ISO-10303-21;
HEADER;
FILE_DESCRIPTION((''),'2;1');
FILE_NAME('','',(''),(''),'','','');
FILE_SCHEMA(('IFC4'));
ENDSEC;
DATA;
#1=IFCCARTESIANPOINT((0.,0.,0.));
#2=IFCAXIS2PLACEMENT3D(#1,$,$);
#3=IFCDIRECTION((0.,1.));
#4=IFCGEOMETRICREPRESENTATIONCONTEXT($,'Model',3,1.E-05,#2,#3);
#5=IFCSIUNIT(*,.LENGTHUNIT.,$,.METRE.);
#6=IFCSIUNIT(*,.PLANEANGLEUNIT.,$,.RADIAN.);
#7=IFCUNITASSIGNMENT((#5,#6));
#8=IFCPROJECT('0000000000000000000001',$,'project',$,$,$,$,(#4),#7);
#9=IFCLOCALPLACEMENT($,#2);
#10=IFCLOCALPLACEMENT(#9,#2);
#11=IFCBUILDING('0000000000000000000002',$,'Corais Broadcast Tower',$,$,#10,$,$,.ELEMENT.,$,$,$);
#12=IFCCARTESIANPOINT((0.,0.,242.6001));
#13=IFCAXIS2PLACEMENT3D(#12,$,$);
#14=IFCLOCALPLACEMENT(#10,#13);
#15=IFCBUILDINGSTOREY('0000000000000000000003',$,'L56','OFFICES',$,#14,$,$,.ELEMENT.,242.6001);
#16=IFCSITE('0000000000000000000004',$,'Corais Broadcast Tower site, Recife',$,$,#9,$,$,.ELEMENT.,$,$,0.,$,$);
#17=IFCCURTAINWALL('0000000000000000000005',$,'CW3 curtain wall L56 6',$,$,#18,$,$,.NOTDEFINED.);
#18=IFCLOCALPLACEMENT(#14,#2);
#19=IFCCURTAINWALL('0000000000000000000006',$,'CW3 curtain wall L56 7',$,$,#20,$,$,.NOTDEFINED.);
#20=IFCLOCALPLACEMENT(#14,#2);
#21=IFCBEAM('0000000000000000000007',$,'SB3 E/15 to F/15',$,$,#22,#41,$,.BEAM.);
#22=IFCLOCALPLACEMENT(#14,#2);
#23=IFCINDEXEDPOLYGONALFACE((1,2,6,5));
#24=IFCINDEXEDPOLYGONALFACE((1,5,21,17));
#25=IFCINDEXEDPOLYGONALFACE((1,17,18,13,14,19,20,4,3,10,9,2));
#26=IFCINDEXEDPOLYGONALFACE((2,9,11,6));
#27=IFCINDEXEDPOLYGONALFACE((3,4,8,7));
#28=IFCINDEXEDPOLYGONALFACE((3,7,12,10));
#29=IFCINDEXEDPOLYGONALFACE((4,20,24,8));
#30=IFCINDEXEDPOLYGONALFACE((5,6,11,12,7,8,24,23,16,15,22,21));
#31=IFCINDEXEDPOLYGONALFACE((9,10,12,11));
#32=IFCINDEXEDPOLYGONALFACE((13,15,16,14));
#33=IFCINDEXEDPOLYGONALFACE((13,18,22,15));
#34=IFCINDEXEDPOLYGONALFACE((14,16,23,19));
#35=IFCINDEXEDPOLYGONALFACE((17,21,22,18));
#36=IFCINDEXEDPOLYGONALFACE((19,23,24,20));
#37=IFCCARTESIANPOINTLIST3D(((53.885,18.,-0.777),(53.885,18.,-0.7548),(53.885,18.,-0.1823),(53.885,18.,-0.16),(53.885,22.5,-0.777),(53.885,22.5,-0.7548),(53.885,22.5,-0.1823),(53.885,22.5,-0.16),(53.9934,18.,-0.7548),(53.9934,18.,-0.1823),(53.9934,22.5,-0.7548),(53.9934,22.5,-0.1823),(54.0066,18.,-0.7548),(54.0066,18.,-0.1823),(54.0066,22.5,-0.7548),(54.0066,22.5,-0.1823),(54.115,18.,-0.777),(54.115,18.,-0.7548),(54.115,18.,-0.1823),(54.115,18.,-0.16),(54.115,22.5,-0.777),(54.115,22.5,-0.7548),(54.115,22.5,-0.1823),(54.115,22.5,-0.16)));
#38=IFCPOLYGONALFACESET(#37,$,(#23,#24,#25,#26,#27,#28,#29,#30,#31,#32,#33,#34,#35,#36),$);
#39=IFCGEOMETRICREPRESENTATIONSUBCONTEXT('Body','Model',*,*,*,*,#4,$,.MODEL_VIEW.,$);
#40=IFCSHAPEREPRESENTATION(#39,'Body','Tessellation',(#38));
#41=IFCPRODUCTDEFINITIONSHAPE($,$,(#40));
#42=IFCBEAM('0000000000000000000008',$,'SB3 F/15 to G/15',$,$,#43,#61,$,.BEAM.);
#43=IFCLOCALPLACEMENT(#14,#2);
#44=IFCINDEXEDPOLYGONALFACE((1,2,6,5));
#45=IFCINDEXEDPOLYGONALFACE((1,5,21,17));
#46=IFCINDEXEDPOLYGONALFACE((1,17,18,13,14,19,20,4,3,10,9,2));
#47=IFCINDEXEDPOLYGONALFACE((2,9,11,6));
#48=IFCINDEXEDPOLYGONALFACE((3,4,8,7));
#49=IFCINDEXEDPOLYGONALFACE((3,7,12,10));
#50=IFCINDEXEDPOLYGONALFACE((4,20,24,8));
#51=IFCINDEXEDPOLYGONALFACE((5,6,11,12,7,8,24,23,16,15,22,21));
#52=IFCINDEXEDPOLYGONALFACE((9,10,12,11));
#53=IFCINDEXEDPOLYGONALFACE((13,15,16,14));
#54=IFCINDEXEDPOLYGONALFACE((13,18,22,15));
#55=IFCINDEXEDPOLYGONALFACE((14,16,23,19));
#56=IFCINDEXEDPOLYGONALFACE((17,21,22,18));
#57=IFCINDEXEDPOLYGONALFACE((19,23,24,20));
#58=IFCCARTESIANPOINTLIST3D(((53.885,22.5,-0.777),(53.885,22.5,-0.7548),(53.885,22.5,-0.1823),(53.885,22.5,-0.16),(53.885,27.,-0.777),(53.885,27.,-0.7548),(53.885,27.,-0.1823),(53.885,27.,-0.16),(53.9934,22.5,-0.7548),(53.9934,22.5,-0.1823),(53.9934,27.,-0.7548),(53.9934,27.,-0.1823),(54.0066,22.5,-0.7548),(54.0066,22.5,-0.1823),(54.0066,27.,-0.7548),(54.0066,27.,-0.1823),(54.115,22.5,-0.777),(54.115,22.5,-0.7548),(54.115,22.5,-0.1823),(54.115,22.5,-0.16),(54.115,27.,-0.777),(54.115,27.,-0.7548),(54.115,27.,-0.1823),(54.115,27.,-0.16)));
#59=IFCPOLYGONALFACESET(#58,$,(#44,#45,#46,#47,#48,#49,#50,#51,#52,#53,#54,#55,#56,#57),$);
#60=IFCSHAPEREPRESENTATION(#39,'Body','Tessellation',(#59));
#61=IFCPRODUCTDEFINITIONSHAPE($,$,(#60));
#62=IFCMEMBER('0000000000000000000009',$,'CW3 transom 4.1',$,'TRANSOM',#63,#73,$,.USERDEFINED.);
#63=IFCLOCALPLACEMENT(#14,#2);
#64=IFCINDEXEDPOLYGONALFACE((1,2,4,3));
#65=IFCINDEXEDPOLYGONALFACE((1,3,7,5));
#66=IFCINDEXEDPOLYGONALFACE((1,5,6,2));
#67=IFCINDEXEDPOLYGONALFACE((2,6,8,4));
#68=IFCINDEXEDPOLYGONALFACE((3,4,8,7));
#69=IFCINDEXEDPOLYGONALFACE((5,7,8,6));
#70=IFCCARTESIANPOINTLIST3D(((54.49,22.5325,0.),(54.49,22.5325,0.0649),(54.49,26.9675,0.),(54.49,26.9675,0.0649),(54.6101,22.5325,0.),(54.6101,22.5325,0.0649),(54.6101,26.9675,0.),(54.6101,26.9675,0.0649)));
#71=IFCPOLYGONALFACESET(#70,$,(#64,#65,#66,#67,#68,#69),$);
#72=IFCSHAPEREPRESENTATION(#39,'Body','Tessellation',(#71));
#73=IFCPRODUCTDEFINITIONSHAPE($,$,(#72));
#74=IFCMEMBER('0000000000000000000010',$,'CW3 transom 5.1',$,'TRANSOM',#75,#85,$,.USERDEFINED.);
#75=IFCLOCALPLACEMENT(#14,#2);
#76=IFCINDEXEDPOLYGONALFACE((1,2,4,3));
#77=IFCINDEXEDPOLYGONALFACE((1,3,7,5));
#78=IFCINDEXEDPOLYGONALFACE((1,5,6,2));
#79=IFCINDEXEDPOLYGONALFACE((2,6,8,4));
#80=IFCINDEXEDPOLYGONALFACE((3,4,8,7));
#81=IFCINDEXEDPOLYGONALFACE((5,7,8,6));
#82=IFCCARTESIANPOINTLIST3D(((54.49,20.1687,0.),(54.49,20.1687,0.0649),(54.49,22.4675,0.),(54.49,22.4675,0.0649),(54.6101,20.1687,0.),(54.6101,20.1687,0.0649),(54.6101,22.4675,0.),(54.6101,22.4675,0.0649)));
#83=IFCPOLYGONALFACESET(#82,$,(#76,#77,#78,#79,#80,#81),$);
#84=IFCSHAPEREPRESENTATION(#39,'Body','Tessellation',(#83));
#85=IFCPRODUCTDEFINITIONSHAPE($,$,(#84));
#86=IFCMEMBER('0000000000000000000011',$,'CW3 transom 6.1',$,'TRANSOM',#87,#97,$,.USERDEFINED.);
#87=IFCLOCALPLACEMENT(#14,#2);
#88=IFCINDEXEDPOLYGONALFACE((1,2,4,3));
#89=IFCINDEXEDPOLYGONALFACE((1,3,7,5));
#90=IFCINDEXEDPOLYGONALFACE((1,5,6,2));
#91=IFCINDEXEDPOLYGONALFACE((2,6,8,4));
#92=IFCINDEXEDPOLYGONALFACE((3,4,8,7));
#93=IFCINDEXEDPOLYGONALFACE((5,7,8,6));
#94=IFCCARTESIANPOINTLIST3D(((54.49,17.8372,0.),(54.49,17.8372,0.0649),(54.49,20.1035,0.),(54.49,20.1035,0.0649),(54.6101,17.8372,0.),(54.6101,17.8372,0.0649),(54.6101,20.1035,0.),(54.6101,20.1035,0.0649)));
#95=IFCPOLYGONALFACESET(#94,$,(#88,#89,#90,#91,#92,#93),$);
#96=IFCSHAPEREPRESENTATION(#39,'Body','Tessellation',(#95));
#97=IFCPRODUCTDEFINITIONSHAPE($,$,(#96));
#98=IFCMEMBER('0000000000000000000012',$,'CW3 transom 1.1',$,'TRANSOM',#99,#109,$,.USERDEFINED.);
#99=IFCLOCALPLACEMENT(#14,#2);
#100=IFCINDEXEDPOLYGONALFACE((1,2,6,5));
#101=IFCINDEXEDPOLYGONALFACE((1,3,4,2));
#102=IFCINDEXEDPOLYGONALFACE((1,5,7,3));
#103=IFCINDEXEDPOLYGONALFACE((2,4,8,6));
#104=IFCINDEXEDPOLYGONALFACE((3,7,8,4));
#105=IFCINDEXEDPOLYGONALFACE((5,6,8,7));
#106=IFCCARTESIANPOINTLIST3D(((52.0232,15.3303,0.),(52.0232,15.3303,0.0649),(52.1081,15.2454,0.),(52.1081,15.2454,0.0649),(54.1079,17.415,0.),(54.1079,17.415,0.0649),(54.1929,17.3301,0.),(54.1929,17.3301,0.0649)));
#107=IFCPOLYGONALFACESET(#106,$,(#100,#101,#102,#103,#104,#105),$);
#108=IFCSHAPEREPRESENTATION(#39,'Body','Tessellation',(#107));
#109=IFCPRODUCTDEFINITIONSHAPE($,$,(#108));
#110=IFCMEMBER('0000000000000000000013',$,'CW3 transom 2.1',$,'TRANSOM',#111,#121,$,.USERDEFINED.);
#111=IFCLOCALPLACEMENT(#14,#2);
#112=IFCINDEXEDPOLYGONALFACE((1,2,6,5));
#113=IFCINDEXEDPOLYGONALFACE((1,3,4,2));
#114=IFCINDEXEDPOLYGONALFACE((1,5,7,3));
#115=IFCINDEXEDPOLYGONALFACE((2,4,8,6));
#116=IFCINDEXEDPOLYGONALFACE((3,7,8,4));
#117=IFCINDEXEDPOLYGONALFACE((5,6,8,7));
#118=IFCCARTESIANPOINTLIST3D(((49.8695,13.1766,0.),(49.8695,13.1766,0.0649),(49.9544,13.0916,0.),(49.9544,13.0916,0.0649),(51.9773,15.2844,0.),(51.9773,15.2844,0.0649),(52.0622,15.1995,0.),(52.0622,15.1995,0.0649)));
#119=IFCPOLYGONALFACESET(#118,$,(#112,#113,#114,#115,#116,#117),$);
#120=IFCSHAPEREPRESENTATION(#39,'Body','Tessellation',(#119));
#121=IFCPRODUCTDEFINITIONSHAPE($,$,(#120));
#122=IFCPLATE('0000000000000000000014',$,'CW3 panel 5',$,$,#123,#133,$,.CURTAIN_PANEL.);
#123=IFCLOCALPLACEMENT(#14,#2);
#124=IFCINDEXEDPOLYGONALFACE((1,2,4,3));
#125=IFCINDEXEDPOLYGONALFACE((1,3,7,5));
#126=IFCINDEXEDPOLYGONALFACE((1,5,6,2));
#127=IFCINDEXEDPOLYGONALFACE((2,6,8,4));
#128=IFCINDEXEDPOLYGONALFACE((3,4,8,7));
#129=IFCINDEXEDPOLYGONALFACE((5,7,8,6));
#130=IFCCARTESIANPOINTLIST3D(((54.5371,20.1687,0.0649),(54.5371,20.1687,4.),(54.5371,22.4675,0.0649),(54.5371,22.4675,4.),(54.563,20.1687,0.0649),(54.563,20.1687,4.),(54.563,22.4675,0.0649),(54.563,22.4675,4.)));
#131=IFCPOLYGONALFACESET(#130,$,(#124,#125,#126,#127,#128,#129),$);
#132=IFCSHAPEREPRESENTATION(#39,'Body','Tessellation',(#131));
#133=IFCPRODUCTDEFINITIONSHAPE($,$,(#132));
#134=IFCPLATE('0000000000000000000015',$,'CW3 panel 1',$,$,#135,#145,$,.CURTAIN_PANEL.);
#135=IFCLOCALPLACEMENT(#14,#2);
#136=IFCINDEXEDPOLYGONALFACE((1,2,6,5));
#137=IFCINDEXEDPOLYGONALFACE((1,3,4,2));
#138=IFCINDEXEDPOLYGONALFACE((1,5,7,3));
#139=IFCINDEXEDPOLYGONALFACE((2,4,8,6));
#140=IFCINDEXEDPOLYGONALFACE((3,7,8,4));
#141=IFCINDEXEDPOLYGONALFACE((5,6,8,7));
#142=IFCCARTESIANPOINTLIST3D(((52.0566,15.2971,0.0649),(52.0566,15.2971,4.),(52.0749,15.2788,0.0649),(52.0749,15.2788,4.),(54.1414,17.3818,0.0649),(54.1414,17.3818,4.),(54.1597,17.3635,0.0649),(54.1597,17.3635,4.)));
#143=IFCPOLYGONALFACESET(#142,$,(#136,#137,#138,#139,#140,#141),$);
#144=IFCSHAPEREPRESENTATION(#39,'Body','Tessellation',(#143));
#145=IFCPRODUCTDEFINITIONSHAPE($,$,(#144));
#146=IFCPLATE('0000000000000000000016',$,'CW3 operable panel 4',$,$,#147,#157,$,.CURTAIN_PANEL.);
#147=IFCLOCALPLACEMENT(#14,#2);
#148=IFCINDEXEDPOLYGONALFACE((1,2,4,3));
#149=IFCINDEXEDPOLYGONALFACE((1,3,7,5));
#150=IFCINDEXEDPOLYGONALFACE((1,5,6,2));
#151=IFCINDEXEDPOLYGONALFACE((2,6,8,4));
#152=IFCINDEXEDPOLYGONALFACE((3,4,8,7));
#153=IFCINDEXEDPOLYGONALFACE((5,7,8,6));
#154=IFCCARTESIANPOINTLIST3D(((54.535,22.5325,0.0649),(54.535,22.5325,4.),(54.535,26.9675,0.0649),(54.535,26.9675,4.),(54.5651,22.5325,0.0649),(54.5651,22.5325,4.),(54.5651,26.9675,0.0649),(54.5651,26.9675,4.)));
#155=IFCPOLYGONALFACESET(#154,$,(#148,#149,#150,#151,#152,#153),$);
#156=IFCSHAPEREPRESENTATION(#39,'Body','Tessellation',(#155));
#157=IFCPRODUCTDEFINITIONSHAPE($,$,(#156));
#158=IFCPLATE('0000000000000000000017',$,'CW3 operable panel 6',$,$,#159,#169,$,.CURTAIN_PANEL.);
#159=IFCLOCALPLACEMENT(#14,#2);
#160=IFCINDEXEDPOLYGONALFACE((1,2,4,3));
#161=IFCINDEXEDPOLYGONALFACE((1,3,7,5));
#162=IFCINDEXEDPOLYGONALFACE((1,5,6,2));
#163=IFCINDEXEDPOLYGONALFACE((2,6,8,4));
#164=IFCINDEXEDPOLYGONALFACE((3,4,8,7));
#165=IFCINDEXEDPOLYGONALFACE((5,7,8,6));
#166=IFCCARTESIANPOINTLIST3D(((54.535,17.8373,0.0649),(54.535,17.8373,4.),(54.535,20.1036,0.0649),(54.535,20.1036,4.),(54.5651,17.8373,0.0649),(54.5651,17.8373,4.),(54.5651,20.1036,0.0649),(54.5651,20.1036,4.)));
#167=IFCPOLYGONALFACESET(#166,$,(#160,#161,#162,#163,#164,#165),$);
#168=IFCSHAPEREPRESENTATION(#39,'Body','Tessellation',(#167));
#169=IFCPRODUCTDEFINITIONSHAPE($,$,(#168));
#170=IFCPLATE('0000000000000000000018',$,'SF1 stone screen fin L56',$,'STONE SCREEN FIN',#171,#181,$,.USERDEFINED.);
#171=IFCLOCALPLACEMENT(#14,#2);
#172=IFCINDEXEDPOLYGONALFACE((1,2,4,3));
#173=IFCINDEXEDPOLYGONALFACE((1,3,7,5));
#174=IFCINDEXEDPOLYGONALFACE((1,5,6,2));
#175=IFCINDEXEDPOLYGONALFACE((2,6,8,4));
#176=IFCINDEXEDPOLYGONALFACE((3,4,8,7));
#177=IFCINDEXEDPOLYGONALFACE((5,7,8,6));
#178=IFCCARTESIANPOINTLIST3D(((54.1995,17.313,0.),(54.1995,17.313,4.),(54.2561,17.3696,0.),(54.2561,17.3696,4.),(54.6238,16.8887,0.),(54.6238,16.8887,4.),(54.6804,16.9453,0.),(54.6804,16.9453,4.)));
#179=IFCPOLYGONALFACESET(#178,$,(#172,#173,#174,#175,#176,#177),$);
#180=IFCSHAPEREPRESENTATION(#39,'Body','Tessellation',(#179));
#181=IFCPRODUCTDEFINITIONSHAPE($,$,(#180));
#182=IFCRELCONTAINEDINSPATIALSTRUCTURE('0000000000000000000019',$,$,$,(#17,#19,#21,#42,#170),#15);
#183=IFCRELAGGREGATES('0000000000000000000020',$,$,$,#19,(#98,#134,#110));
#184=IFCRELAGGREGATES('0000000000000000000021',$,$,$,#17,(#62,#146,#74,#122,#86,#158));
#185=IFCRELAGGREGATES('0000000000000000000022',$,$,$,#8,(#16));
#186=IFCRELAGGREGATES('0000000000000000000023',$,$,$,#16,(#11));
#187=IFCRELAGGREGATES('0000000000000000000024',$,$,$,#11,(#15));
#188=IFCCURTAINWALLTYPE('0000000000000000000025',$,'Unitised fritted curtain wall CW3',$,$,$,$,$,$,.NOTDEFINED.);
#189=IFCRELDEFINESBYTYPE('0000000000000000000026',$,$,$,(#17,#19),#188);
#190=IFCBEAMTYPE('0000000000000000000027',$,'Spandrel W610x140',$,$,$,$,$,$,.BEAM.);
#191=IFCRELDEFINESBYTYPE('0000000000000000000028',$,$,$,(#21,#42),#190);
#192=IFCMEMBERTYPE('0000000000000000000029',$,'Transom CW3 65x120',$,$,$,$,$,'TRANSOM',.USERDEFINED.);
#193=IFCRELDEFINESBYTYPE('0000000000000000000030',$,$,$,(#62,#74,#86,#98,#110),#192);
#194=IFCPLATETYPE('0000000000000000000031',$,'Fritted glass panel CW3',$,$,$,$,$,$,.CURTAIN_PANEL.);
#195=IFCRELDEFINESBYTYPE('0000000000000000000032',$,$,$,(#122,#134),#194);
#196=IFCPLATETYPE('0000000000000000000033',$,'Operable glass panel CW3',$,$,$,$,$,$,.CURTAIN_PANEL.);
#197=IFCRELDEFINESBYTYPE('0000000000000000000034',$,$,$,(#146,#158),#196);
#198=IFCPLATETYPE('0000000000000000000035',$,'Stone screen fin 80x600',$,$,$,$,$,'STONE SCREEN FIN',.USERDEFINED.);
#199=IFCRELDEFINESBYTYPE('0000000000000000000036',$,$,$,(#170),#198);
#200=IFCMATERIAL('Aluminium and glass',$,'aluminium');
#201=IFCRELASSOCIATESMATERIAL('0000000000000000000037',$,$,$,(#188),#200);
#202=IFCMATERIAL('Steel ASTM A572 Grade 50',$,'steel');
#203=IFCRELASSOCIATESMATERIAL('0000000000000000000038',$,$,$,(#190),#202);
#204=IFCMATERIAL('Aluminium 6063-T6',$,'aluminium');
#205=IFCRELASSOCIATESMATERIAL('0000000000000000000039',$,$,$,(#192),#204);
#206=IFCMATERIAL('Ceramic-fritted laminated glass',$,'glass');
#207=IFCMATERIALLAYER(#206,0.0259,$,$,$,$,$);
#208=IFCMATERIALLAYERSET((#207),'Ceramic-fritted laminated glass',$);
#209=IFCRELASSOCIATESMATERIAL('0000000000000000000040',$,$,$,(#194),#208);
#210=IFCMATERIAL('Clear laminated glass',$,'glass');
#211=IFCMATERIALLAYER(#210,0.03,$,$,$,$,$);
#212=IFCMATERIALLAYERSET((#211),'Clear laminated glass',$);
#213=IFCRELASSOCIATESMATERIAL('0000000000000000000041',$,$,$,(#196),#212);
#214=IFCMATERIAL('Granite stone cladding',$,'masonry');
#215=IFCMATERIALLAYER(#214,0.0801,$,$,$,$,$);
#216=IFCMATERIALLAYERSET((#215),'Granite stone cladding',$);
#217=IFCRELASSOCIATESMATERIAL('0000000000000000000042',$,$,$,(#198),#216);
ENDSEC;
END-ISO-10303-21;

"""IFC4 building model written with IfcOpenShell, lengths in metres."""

from ifc_helpers import new_model, si_unit, direction, frame, origin, origin_2d, place, context, subcontext, project, spatial, rectangle, i_section, extrude, material, layer, layer_set, material_profile, profile_set, type_object, element, aggregate, save


model = new_model("IFC4")

# Units and contexts
model_context = context("Model", 3, precision=1e-05, world=origin(), true_north=direction((0.0, 1.0)))
body_context = subcontext(model_context, "Body", "Model", "MODEL_VIEW")
ifc_project = project(units=[si_unit("LENGTHUNIT", "METRE"), si_unit("PLANEANGLEUNIT", "RADIAN")], contexts=[model_context])

# Site, building, storey
site_placement = place(None, origin())
site = spatial("IfcSite", under=ifc_project, at=site_placement, Name="Corais Broadcast Tower site, Recife", CompositionType="ELEMENT", RefElevation=0.0)
building_placement = place(site_placement, origin())
building = spatial("IfcBuilding", under=site, at=building_placement, Name="Corais Broadcast Tower", CompositionType="ELEMENT")
storey_placement = place(building_placement, frame((0.0, 0.0, 242.6001)))
storey = spatial("IfcBuildingStorey", under=building, at=storey_placement, Name="L56", Description="OFFICES", CompositionType="ELEMENT", Elevation=242.6001)

# Curtain walls
ifc_material_1 = material(Name="Aluminium and glass", Category="aluminium")
curtain_wall_type = type_object("IfcCurtainWallType", Name="Unitised fritted curtain wall CW3", PredefinedType="NOTDEFINED", material=ifc_material_1)
curtain_wall_1_placement = place(storey_placement, origin())
curtain_wall_1 = element("IfcCurtainWall", 1, at=curtain_wall_1_placement, inside=storey, type_object=curtain_wall_type, Name="CW3 curtain wall L56 6", PredefinedType="NOTDEFINED")
curtain_wall_2_placement = place(storey_placement, origin())
curtain_wall_2 = element("IfcCurtainWall", 2, at=curtain_wall_2_placement, inside=storey, type_object=curtain_wall_type, Name="CW3 curtain wall L56 7", PredefinedType="NOTDEFINED")

# Beams
ifc_material_2 = material(Name="Steel ASTM A572 Grade 50", Category="steel")
ifc_material_profile_1 = material_profile(ifc_material_2, i_section(OverallWidth=0.23, OverallDepth=0.6169, WebThickness=0.0132, FlangeThickness=0.0222, at=origin_2d()), Name="W610x140")
ifc_profile_set_1 = profile_set([ifc_material_profile_1], Name="Steel ASTM A572 Grade 50")
beam_type_1 = type_object("IfcBeamType", Name="Spandrel W610x140", PredefinedType="BEAM", material=ifc_profile_set_1)
for number, where, z_axis, x_axis, name in (
    (3, (54.0, 18.0, -0.4685), (0.0, 1.0, 0.0), (-1.0, 0.0, 0.0), "SB3 E/15 to F/15"),
    (4, (54.0, 22.5, -0.4685), (0.0, 1.0, 0.0), (-1.0, 0.0, 0.0), "SB3 F/15 to G/15"),
):
    element("IfcBeam", number, at=place(storey_placement, frame(where, z_axis=z_axis, x_axis=x_axis)), inside=storey, type_object=beam_type_1, Name=name, PredefinedType="BEAM", context=body_context, shape_type="SweptSolid", body=[
        extrude(i_section(OverallWidth=0.23, OverallDepth=0.6169, WebThickness=0.0132, FlangeThickness=0.0222, at=origin_2d()), origin(), (0.0, 0.0, 1.0), 4.5),
    ])

# Members
ifc_material_3 = material(Name="Aluminium 6063-T6", Category="aluminium")
ifc_material_profile_2 = material_profile(ifc_material_3, rectangle(XDim=0.1201, YDim=0.0649, at=origin_2d()), Name="Transom CW3 65x120")
ifc_profile_set_2 = profile_set([ifc_material_profile_2], Name="Aluminium 6063-T6")
member_type_1 = type_object("IfcMemberType", Name="Transom CW3 65x120", ElementType="TRANSOM", PredefinedType="USERDEFINED", material=ifc_profile_set_2)
member_1_placement = place(storey_placement, frame((54.55, 26.9675, 0.0325), z_axis=(0.0, -1.0, 0.0), x_axis=(1.0, 0.0, 0.0)))
member_1 = element("IfcMember", 5, at=member_1_placement, type_object=member_type_1, Name="CW3 transom 4.1", ObjectType="TRANSOM", PredefinedType="USERDEFINED", context=body_context, shape_type="SweptSolid", body=[
    extrude(rectangle(XDim=0.1201, YDim=0.0649, at=origin_2d()), origin(), (0.0, 0.0, 1.0), 4.4351),
])
member_2_placement = place(storey_placement, frame((54.55, 22.4675, 0.0325), z_axis=(0.0, -1.0, 0.0), x_axis=(1.0, 0.0, 0.0)))
member_2 = element("IfcMember", 6, at=member_2_placement, type_object=member_type_1, Name="CW3 transom 5.1", ObjectType="TRANSOM", PredefinedType="USERDEFINED", context=body_context, shape_type="SweptSolid", body=[
    extrude(rectangle(XDim=0.1201, YDim=0.0649, at=origin_2d()), origin(), (0.0, 0.0, 1.0), 2.2988),
])
member_3_placement = place(storey_placement, frame((54.55, 20.1035, 0.0325), z_axis=(0.0, -1.0, 0.0), x_axis=(1.0, 0.0, 0.0)))
member_3 = element("IfcMember", 7, at=member_3_placement, type_object=member_type_1, Name="CW3 transom 6.1", ObjectType="TRANSOM", PredefinedType="USERDEFINED", context=body_context, shape_type="SweptSolid", body=[
    extrude(rectangle(XDim=0.1201, YDim=0.0649, at=origin_2d()), origin(), (0.0, 0.0, 1.0), 2.2664),
])
member_4_placement = place(storey_placement, frame((54.1504, 17.3726, 0.0325), z_axis=(-0.707107, -0.707107, 0.0), x_axis=(0.707107, -0.707107, 0.0)))
member_4 = element("IfcMember", 8, at=member_4_placement, type_object=member_type_1, Name="CW3 transom 1.1", ObjectType="TRANSOM", PredefinedType="USERDEFINED", context=body_context, shape_type="SweptSolid", body=[
    extrude(rectangle(XDim=0.1201, YDim=0.0649, at=origin_2d()), origin(), (0.0, 0.0, 1.0), 2.9482),
])
member_5_placement = place(storey_placement, frame((52.0198, 15.2419, 0.0325), z_axis=(-0.707107, -0.707107, 0.0), x_axis=(0.707107, -0.707107, 0.0)))
member_5 = element("IfcMember", 9, at=member_5_placement, type_object=member_type_1, Name="CW3 transom 2.1", ObjectType="TRANSOM", PredefinedType="USERDEFINED", context=body_context, shape_type="SweptSolid", body=[
    extrude(rectangle(XDim=0.1201, YDim=0.0649, at=origin_2d()), origin(), (0.0, 0.0, 1.0), 2.981),
])

# Plates
ifc_material_4 = material(Name="Ceramic-fritted laminated glass", Category="glass")
ifc_layer_1 = layer(ifc_material_4, 0.0259)
ifc_layer_set_1 = layer_set([ifc_layer_1], Name="Ceramic-fritted laminated glass")
plate_type_1 = type_object("IfcPlateType", Name="Fritted glass panel CW3", PredefinedType="CURTAIN_PANEL", material=ifc_layer_set_1)
plate_1_placement = place(storey_placement, frame((54.55, 21.3181, 0.0649), z_axis=(0.0, 0.0, 1.0), x_axis=(0.0, -1.0, 0.0)))
plate_1 = element("IfcPlate", 10, at=plate_1_placement, type_object=plate_type_1, Name="CW3 panel 5", PredefinedType="CURTAIN_PANEL", context=body_context, shape_type="SweptSolid", body=[
    extrude(rectangle(XDim=2.2988, YDim=0.0259, at=origin_2d()), origin(), (0.0, 0.0, 1.0), 3.9351),
])
plate_2_placement = place(storey_placement, frame((53.1082, 16.3303, 0.0649), z_axis=(0.0, 0.0, 1.0), x_axis=(-0.707107, -0.707107, 0.0)))
plate_2 = element("IfcPlate", 11, at=plate_2_placement, type_object=plate_type_1, Name="CW3 panel 1", PredefinedType="CURTAIN_PANEL", context=body_context, shape_type="SweptSolid", body=[
    extrude(rectangle(XDim=2.9482, YDim=0.0259, at=origin_2d()), origin(), (0.0, 0.0, 1.0), 3.9351),
])
aggregate(curtain_wall_2, [member_4, plate_2, member_5])
ifc_material_5 = material(Name="Clear laminated glass", Category="glass")
ifc_layer_2 = layer(ifc_material_5, 0.03)
ifc_layer_set_2 = layer_set([ifc_layer_2], Name="Clear laminated glass")
plate_type_2 = type_object("IfcPlateType", Name="Operable glass panel CW3", PredefinedType="CURTAIN_PANEL", material=ifc_layer_set_2)
plate_3_placement = place(storey_placement, frame((54.55, 24.75, 0.0649), z_axis=(0.0, 0.0, 1.0), x_axis=(0.0, -1.0, 0.0)))
plate_3 = element("IfcPlate", 12, at=plate_3_placement, type_object=plate_type_2, Name="CW3 operable panel 4", PredefinedType="CURTAIN_PANEL", context=body_context, shape_type="SweptSolid", body=[
    extrude(rectangle(XDim=4.4351, YDim=0.03, at=origin_2d()), origin(), (0.0, 0.0, 1.0), 3.9351),
])
plate_4_placement = place(storey_placement, frame((54.55, 18.9705, 0.0649), z_axis=(0.0, 0.0, 1.0), x_axis=(0.0, -1.0, 0.0)))
plate_4 = element("IfcPlate", 13, at=plate_4_placement, type_object=plate_type_2, Name="CW3 operable panel 6", PredefinedType="CURTAIN_PANEL", context=body_context, shape_type="SweptSolid", body=[
    extrude(rectangle(XDim=2.2664, YDim=0.03, at=origin_2d()), origin(), (0.0, 0.0, 1.0), 3.9351),
])
aggregate(curtain_wall_1, [member_1, plate_3, member_2, plate_1, member_3, plate_4])
ifc_material_6 = material(Name="Granite stone cladding", Category="masonry")
ifc_layer_3 = layer(ifc_material_6, 0.0801)
ifc_layer_set_3 = layer_set([ifc_layer_3], Name="Granite stone cladding")
plate_type_3 = type_object("IfcPlateType", Name="Stone screen fin 80x600", ElementType="STONE SCREEN FIN", PredefinedType="USERDEFINED", material=ifc_layer_set_3)
plate_5_placement = place(storey_placement, frame((54.4399, 17.1292, 0.0), z_axis=(0.0, 0.0, 1.0), x_axis=(-0.707107, -0.707107, 0.0)))
element("IfcPlate", 14, at=plate_5_placement, inside=storey, type_object=plate_type_3, Name="SF1 stone screen fin L56", ObjectType="STONE SCREEN FIN", PredefinedType="USERDEFINED", context=body_context, shape_type="SweptSolid", body=[
    extrude(rectangle(XDim=0.0801, YDim=0.6001, at=origin_2d()), origin(), (0.0, 0.0, 1.0), 4.0),
])

save(model, "model.ifc")
